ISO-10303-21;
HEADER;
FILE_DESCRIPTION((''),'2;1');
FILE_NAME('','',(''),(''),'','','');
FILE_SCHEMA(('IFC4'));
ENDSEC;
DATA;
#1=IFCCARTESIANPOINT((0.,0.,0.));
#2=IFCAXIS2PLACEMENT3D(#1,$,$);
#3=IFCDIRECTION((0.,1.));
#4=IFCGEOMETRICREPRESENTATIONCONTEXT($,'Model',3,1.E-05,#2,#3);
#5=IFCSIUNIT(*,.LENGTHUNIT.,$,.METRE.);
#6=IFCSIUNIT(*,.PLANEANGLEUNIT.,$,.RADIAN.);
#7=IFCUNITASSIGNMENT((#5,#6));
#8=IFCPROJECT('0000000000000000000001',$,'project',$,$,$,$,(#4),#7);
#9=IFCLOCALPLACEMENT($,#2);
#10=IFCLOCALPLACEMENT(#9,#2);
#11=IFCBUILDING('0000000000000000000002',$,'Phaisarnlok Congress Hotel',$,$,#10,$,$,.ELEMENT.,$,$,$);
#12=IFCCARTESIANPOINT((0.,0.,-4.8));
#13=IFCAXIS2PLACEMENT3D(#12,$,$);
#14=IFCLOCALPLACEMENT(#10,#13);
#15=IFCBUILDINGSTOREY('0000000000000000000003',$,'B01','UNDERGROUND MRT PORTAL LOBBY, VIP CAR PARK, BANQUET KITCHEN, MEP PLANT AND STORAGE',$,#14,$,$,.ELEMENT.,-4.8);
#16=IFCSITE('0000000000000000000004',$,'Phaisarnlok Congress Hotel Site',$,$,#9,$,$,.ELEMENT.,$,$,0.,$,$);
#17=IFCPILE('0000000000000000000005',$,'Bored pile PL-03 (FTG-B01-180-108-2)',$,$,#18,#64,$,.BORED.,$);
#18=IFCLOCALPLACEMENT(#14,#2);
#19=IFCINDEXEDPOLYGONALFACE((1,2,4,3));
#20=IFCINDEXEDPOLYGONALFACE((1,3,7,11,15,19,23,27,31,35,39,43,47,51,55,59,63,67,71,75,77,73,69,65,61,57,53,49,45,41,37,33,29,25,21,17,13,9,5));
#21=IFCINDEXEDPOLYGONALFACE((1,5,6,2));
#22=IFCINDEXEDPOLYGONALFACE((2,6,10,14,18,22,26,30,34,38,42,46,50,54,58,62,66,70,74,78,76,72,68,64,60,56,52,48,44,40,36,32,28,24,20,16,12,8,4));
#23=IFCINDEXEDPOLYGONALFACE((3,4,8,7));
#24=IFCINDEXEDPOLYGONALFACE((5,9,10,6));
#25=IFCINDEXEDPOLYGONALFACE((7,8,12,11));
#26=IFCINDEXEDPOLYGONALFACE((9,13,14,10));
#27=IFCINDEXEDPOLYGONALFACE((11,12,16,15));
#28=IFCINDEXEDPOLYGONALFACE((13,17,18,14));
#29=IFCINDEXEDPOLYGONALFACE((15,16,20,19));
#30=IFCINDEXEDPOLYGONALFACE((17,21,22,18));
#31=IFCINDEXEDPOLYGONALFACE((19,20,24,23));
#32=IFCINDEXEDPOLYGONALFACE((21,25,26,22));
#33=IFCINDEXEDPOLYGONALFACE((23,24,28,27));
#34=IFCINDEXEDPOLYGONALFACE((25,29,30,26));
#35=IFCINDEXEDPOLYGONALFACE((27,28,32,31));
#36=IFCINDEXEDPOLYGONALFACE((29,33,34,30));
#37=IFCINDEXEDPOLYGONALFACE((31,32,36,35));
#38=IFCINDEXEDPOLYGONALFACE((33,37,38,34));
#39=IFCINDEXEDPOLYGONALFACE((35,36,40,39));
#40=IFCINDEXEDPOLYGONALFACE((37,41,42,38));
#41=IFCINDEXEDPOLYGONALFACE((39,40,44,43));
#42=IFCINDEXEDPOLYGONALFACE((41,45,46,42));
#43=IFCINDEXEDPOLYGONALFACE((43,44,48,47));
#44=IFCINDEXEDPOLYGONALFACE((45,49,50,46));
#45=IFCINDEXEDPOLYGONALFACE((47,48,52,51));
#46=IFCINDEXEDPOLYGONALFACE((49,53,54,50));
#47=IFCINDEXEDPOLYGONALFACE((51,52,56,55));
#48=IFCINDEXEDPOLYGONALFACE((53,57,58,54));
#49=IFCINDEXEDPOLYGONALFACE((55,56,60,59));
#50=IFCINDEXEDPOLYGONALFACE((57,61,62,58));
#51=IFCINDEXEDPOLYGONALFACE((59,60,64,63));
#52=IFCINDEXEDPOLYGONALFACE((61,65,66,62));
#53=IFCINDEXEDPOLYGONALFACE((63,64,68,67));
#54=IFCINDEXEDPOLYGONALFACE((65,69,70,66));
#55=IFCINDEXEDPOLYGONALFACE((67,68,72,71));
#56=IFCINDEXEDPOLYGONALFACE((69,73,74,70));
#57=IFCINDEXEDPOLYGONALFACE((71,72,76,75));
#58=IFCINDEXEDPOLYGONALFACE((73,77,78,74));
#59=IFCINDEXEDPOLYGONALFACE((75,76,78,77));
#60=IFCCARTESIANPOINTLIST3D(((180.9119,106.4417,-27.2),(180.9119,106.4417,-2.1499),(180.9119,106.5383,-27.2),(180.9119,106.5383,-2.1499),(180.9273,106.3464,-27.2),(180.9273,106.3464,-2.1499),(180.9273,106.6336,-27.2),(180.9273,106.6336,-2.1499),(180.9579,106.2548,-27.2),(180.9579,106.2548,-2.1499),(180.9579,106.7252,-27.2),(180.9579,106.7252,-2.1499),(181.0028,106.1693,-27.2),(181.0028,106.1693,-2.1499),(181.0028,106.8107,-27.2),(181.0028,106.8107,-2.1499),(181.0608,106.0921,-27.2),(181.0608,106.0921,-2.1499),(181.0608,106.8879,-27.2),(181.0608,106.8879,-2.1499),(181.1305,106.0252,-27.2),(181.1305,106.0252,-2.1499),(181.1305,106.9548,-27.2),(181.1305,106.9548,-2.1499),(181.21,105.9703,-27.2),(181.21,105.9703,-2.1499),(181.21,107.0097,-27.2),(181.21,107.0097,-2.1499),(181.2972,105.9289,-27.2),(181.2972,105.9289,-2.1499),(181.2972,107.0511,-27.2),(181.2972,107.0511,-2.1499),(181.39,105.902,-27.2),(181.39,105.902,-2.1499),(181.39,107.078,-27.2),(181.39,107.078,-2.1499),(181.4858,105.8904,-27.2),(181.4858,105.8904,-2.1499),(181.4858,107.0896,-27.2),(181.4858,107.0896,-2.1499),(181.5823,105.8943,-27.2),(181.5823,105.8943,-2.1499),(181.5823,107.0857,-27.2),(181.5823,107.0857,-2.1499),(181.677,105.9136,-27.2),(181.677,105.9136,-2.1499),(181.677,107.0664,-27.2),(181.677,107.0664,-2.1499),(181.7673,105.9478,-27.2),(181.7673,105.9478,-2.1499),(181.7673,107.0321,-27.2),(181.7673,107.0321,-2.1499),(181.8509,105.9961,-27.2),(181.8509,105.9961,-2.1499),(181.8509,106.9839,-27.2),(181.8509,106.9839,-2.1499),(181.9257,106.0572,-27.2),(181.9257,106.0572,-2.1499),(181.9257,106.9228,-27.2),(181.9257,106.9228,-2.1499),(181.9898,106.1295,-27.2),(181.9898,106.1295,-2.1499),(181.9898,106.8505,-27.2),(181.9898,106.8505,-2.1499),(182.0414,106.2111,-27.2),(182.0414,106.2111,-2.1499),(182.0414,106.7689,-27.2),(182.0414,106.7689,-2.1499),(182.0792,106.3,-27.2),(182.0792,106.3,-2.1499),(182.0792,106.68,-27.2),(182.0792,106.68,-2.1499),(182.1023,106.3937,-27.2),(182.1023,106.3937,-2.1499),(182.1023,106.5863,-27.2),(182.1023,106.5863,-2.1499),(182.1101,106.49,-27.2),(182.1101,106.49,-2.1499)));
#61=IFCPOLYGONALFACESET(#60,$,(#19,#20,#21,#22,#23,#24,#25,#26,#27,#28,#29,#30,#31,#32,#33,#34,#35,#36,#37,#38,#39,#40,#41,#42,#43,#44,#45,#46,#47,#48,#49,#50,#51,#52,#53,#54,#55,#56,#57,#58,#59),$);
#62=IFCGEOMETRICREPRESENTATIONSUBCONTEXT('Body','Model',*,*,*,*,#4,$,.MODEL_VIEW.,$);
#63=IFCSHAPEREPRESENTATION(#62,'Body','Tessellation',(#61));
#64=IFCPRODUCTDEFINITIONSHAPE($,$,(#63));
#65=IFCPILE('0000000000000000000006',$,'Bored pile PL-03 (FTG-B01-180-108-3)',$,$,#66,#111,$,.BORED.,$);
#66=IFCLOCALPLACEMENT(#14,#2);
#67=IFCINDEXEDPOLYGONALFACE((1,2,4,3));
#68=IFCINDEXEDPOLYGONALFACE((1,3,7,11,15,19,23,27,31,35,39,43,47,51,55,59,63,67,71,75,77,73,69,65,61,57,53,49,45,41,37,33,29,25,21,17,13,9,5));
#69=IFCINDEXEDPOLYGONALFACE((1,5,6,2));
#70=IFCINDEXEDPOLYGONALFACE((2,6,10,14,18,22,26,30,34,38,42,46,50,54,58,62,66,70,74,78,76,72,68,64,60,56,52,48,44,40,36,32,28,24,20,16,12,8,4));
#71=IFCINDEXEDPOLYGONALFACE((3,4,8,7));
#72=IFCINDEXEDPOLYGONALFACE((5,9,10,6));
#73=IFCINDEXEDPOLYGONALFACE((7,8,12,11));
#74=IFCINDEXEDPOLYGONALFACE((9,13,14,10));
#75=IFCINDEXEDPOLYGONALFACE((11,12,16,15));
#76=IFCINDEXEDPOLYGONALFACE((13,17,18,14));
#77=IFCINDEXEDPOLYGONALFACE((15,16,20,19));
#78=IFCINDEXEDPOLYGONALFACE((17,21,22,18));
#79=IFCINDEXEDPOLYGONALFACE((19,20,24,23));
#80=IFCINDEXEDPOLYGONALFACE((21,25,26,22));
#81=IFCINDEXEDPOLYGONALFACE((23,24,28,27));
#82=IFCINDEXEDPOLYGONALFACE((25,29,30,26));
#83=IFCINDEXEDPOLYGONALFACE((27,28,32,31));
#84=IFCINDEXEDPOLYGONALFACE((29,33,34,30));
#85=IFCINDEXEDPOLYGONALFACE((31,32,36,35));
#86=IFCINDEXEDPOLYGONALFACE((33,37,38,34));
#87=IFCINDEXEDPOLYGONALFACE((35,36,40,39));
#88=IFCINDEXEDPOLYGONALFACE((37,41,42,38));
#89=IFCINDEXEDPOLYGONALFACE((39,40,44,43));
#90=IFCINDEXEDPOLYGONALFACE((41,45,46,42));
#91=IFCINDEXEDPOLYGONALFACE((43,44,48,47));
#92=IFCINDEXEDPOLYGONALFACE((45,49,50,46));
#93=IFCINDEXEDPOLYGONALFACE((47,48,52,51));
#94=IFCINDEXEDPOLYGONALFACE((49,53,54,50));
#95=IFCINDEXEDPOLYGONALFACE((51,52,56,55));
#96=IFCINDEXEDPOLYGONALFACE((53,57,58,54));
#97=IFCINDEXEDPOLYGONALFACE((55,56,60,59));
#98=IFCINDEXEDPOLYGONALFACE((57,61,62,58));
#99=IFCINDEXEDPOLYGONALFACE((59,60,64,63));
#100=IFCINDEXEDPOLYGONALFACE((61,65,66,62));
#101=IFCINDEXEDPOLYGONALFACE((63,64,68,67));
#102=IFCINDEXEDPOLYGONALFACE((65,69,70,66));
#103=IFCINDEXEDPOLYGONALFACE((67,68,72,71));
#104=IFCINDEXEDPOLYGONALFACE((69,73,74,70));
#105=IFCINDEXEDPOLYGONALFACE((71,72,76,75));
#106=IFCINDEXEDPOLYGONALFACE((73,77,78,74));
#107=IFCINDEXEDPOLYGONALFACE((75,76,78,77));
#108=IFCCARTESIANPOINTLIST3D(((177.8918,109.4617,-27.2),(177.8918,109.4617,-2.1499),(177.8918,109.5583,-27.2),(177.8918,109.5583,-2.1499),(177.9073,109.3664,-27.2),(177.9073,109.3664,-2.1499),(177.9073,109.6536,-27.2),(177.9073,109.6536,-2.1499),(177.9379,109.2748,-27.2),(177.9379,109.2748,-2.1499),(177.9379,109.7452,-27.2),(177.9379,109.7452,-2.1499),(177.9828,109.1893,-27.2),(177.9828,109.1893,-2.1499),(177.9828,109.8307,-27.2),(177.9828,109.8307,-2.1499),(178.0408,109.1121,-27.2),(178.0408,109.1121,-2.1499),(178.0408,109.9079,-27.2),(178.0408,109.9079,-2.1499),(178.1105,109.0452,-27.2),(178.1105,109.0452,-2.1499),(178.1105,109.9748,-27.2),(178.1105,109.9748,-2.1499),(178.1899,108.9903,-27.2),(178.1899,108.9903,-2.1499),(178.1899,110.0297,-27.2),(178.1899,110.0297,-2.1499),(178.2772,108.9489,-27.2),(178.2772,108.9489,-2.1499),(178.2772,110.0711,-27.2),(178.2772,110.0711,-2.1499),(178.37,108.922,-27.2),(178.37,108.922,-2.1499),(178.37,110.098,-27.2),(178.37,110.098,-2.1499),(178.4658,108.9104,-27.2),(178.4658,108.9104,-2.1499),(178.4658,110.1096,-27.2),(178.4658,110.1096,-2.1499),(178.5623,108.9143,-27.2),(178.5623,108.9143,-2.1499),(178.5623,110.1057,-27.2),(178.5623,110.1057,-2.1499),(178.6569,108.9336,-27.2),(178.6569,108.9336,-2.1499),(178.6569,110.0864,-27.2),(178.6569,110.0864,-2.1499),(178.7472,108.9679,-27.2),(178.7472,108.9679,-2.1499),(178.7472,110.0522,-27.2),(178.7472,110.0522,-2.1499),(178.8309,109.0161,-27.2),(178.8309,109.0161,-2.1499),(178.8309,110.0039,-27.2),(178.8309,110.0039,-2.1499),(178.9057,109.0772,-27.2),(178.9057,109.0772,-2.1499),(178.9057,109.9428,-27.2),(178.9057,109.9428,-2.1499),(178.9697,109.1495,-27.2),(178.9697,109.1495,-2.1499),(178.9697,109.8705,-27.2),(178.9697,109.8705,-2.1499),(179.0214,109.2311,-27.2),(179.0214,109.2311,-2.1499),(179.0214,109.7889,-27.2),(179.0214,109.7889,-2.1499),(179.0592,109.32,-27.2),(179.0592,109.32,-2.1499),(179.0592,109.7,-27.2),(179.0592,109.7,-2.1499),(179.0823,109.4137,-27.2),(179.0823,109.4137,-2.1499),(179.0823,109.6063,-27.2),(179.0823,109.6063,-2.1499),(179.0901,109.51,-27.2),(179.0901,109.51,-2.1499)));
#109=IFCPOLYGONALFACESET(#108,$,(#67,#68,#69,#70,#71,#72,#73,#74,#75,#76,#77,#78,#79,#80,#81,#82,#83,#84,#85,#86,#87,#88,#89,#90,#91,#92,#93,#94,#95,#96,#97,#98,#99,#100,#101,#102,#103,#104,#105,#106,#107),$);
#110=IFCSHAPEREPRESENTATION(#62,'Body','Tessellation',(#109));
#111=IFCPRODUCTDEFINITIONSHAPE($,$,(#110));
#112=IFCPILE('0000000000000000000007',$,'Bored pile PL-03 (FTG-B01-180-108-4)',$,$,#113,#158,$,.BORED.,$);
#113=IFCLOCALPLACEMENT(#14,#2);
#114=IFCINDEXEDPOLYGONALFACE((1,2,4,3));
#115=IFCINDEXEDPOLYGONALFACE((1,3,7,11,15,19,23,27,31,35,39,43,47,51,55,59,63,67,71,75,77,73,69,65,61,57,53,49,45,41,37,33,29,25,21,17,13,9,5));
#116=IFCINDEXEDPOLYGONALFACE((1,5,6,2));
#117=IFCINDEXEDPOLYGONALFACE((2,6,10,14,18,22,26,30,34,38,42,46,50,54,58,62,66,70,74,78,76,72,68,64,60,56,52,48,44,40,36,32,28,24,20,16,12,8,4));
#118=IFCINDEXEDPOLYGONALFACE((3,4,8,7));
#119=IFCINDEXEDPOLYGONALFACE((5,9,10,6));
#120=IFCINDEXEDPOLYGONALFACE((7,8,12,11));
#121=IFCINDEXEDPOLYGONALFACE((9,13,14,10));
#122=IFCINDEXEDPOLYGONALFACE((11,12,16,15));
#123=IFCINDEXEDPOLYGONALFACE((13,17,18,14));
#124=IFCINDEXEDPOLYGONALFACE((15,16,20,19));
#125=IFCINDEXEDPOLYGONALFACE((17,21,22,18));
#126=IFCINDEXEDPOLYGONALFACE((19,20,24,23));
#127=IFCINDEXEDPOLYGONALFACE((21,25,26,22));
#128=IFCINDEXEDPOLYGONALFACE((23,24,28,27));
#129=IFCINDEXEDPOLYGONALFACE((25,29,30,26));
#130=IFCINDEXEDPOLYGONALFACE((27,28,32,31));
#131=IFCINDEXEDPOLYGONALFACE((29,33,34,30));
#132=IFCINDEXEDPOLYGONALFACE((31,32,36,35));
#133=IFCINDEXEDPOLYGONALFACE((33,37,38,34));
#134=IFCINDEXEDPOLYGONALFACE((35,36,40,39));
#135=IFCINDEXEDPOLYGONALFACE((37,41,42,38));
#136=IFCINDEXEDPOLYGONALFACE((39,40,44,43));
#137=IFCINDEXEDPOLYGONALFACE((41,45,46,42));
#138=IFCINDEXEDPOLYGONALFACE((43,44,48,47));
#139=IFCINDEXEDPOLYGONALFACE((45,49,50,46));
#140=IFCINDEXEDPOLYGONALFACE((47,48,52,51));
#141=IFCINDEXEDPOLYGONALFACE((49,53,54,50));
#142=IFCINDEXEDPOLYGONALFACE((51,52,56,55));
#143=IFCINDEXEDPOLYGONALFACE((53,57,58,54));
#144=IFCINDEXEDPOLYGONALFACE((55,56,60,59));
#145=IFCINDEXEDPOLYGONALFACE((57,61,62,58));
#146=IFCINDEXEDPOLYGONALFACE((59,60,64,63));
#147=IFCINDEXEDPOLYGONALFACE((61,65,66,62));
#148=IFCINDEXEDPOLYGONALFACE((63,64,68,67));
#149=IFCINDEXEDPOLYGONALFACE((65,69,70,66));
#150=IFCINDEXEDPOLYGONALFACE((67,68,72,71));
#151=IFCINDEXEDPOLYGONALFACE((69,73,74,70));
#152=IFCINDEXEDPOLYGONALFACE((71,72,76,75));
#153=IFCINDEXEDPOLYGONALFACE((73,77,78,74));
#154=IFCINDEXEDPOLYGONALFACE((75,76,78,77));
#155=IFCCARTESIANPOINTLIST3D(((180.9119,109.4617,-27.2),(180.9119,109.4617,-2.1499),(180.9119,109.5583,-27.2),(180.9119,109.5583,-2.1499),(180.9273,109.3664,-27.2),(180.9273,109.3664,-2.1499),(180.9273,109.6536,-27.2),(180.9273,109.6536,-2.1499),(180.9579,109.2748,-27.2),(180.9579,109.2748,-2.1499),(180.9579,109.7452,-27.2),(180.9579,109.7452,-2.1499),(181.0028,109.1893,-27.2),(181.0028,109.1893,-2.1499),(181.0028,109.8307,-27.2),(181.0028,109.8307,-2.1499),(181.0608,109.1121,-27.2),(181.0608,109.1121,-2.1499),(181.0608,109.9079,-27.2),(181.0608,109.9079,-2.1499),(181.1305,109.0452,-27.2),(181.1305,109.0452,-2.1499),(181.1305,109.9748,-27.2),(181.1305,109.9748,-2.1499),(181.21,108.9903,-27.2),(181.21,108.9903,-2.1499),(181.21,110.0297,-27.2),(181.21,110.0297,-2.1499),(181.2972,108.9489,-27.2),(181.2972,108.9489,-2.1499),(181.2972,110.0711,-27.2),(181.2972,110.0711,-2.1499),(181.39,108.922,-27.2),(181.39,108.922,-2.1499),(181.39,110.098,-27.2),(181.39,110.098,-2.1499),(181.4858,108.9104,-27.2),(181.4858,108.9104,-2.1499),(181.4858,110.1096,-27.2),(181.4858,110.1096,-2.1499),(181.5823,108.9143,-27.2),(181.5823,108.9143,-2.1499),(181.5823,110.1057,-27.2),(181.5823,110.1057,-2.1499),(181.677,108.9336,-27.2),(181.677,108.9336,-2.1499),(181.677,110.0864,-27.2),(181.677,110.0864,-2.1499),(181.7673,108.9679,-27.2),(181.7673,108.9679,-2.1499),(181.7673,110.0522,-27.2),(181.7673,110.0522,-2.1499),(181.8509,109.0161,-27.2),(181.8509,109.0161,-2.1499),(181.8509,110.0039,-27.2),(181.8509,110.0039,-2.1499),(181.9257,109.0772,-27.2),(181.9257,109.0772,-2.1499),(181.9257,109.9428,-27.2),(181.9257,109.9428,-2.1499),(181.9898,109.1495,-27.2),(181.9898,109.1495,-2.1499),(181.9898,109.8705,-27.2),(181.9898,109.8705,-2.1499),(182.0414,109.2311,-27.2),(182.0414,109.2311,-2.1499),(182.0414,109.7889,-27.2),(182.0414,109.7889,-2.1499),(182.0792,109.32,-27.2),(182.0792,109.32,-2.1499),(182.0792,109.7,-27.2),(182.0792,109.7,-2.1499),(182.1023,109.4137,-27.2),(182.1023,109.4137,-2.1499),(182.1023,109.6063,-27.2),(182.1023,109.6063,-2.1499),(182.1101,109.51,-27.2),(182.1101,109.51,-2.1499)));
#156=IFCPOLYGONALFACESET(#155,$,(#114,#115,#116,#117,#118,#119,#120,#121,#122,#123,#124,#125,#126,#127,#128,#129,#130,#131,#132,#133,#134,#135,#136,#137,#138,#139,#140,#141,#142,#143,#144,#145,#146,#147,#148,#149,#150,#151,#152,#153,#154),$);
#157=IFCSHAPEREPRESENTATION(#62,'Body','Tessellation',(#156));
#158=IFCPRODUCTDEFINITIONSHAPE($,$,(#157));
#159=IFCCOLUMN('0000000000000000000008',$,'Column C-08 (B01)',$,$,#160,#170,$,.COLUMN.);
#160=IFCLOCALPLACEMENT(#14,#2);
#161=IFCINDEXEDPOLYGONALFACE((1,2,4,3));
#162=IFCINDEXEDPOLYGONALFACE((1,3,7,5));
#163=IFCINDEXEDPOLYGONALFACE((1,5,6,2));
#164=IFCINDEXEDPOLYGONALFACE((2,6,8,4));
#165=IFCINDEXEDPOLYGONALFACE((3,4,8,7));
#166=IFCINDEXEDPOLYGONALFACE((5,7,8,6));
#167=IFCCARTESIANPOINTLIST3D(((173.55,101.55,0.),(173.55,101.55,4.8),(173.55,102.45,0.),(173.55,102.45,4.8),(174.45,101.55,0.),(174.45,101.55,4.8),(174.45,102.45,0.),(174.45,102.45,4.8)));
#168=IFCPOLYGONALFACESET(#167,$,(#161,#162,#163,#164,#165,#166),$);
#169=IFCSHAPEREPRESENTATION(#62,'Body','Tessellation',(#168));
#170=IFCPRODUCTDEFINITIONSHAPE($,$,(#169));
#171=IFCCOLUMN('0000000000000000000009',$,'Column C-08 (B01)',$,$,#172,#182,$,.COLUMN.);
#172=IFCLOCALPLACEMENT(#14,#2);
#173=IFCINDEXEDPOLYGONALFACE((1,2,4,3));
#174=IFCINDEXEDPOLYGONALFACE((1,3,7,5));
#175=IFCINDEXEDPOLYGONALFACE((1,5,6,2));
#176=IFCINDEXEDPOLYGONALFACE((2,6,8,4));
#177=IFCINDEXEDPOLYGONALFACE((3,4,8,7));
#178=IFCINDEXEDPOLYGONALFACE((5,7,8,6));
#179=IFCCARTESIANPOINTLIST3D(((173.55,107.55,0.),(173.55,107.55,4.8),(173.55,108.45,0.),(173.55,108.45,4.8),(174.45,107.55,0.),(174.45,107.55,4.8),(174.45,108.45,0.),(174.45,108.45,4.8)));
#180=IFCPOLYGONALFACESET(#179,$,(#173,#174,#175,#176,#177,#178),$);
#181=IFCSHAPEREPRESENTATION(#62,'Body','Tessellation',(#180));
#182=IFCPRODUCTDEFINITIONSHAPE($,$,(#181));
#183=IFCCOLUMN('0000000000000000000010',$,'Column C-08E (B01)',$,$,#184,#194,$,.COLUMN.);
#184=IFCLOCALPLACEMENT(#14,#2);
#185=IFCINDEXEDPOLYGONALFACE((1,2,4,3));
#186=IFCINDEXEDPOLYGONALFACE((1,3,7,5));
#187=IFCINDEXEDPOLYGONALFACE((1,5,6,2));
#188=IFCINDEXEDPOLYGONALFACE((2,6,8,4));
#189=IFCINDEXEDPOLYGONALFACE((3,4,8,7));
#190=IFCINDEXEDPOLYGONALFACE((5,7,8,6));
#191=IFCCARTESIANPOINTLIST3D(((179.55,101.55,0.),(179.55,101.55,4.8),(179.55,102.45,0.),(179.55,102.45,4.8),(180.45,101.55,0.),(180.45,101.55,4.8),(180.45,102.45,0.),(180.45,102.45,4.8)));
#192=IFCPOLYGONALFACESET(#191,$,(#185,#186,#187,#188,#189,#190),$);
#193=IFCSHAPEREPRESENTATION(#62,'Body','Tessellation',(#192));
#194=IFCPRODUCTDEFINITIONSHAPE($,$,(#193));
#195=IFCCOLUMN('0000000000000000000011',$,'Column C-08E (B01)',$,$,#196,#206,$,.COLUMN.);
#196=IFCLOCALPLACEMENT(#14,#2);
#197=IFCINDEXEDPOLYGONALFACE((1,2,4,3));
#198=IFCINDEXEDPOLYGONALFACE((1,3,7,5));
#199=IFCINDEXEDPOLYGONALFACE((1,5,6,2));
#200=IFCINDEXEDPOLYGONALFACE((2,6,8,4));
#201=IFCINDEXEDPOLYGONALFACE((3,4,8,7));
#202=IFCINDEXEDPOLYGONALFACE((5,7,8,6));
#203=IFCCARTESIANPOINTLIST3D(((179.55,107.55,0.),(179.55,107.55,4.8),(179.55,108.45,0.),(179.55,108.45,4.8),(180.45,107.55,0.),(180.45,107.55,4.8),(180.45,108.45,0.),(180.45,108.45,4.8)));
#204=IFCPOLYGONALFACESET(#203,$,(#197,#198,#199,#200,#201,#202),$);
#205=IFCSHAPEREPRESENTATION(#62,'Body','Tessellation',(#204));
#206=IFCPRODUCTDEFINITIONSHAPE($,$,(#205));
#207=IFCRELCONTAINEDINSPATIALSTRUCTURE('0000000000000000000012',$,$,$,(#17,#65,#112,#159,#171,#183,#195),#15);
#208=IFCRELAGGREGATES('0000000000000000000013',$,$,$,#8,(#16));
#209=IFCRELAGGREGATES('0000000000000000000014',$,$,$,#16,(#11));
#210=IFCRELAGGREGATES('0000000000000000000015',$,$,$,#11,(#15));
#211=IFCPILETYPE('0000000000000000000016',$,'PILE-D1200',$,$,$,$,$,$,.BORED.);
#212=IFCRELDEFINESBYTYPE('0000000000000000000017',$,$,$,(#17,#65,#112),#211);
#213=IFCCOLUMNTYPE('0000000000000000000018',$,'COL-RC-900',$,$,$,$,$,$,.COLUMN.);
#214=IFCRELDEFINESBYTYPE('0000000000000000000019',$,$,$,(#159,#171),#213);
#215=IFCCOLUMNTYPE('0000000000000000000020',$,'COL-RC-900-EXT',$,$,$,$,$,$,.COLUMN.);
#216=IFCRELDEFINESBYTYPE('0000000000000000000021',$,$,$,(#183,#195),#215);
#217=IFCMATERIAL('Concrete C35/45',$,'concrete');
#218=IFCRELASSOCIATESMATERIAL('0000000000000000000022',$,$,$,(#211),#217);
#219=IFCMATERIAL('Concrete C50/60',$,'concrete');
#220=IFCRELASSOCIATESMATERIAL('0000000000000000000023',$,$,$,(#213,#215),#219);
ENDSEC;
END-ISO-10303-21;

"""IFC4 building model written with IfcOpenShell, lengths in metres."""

from ifc_helpers import new_model, si_unit, direction, frame, origin, origin_2d, place, context, subcontext, project, spatial, rectangle, circle, extrude, material, material_profile, profile_set, type_object, element, save


model = new_model("IFC4")

# Units and contexts
model_context = context("Model", 3, precision=1e-05, world=origin(), true_north=direction((0.0, 1.0)))
body_context = subcontext(model_context, "Body", "Model", "MODEL_VIEW")
ifc_project = project(units=[si_unit("LENGTHUNIT", "METRE"), si_unit("PLANEANGLEUNIT", "RADIAN")], contexts=[model_context])

# Site, building, storey
site_placement = place(None, origin())
site = spatial("IfcSite", under=ifc_project, at=site_placement, Name="Phaisarnlok Congress Hotel Site", CompositionType="ELEMENT", RefElevation=0.0)
building_placement = place(site_placement, origin())
building = spatial("IfcBuilding", under=site, at=building_placement, Name="Phaisarnlok Congress Hotel", CompositionType="ELEMENT")
storey_placement = place(building_placement, frame((0.0, 0.0, -4.8)))
storey = spatial("IfcBuildingStorey", under=building, at=storey_placement, Name="B01", Description="UNDERGROUND MRT PORTAL LOBBY, VIP CAR PARK, BANQUET KITCHEN, MEP PLANT AND STORAGE", CompositionType="ELEMENT", Elevation=-4.8)

# Piles
ifc_material_1 = material(Name="Concrete C35/45", Category="concrete")
ifc_material_profile_1 = material_profile(ifc_material_1, circle(Radius=0.6001, at=origin_2d()), Name="BORED PILE D1200")
ifc_profile_set_1 = profile_set([ifc_material_profile_1], Name="Concrete C35/45")
pile_type_1 = type_object("IfcPileType", Name="PILE-D1200", PredefinedType="BORED", material=ifc_profile_set_1)
for number, where, z_axis, x_axis, name in (
    (1, (181.51, 106.49, -2.1499), (0.0, 0.0, -1.0), (1.0, 0.0, 0.0), "Bored pile PL-03 (FTG-B01-180-108-2)"),
    (2, (178.49, 109.51, -2.1499), (0.0, 0.0, -1.0), (1.0, 0.0, 0.0), "Bored pile PL-03 (FTG-B01-180-108-3)"),
    (3, (181.51, 109.51, -2.1499), (0.0, 0.0, -1.0), (1.0, 0.0, 0.0), "Bored pile PL-03 (FTG-B01-180-108-4)"),
):
    element("IfcPile", number, at=place(storey_placement, frame(where, z_axis=z_axis, x_axis=x_axis)), inside=storey, type_object=pile_type_1, Name=name, PredefinedType="BORED", context=body_context, shape_type="SweptSolid", body=[
        extrude(circle(Radius=0.6001, at=origin_2d()), origin(), (0.0, 0.0, 1.0), 25.05),
    ])

# Columns
ifc_material_2 = material(Name="Concrete C50/60", Category="concrete")
ifc_material_profile_2 = material_profile(ifc_material_2, rectangle(XDim=0.8999, YDim=0.8999, at=origin_2d()), Name="RC 900x900")
ifc_profile_set_2 = profile_set([ifc_material_profile_2], Name="Concrete C50/60")
column_type_1 = type_object("IfcColumnType", Name="COL-RC-900", PredefinedType="COLUMN", material=ifc_profile_set_2)
for number, where, z_axis, x_axis, name in (
    (4, (174.0, 102.0, 0.0), (0.0, 0.0, 1.0), (1.0, 0.0, 0.0), "Column C-08 (B01)"),
    (5, (174.0, 108.0, 0.0), (0.0, 0.0, 1.0), (1.0, 0.0, 0.0), "Column C-08 (B01)"),
):
    element("IfcColumn", number, at=place(storey_placement, frame(where, z_axis=z_axis, x_axis=x_axis)), inside=storey, type_object=column_type_1, Name=name, PredefinedType="COLUMN", context=body_context, shape_type="SweptSolid", body=[
        extrude(rectangle(XDim=0.8999, YDim=0.8999, at=origin_2d()), origin(), (0.0, 0.0, 1.0), 4.8),
    ])
ifc_material_profile_3 = material_profile(ifc_material_2, rectangle(XDim=0.8999, YDim=0.8999, at=origin_2d()), Name="RC 900x900")
ifc_profile_set_3 = profile_set([ifc_material_profile_3], Name="Concrete C50/60")
column_type_2 = type_object("IfcColumnType", Name="COL-RC-900-EXT", PredefinedType="COLUMN", material=ifc_profile_set_3)
for number, where, z_axis, x_axis, name in (
    (6, (180.0, 102.0, 0.0), (0.0, 0.0, 1.0), (1.0, 0.0, 0.0), "Column C-08E (B01)"),
    (7, (180.0, 108.0, 0.0), (0.0, 0.0, 1.0), (1.0, 0.0, 0.0), "Column C-08E (B01)"),
):
    element("IfcColumn", number, at=place(storey_placement, frame(where, z_axis=z_axis, x_axis=x_axis)), inside=storey, type_object=column_type_2, Name=name, PredefinedType="COLUMN", context=body_context, shape_type="SweptSolid", body=[
        extrude(rectangle(XDim=0.8999, YDim=0.8999, at=origin_2d()), origin(), (0.0, 0.0, 1.0), 4.8),
    ])

save(model, "model.ifc")
